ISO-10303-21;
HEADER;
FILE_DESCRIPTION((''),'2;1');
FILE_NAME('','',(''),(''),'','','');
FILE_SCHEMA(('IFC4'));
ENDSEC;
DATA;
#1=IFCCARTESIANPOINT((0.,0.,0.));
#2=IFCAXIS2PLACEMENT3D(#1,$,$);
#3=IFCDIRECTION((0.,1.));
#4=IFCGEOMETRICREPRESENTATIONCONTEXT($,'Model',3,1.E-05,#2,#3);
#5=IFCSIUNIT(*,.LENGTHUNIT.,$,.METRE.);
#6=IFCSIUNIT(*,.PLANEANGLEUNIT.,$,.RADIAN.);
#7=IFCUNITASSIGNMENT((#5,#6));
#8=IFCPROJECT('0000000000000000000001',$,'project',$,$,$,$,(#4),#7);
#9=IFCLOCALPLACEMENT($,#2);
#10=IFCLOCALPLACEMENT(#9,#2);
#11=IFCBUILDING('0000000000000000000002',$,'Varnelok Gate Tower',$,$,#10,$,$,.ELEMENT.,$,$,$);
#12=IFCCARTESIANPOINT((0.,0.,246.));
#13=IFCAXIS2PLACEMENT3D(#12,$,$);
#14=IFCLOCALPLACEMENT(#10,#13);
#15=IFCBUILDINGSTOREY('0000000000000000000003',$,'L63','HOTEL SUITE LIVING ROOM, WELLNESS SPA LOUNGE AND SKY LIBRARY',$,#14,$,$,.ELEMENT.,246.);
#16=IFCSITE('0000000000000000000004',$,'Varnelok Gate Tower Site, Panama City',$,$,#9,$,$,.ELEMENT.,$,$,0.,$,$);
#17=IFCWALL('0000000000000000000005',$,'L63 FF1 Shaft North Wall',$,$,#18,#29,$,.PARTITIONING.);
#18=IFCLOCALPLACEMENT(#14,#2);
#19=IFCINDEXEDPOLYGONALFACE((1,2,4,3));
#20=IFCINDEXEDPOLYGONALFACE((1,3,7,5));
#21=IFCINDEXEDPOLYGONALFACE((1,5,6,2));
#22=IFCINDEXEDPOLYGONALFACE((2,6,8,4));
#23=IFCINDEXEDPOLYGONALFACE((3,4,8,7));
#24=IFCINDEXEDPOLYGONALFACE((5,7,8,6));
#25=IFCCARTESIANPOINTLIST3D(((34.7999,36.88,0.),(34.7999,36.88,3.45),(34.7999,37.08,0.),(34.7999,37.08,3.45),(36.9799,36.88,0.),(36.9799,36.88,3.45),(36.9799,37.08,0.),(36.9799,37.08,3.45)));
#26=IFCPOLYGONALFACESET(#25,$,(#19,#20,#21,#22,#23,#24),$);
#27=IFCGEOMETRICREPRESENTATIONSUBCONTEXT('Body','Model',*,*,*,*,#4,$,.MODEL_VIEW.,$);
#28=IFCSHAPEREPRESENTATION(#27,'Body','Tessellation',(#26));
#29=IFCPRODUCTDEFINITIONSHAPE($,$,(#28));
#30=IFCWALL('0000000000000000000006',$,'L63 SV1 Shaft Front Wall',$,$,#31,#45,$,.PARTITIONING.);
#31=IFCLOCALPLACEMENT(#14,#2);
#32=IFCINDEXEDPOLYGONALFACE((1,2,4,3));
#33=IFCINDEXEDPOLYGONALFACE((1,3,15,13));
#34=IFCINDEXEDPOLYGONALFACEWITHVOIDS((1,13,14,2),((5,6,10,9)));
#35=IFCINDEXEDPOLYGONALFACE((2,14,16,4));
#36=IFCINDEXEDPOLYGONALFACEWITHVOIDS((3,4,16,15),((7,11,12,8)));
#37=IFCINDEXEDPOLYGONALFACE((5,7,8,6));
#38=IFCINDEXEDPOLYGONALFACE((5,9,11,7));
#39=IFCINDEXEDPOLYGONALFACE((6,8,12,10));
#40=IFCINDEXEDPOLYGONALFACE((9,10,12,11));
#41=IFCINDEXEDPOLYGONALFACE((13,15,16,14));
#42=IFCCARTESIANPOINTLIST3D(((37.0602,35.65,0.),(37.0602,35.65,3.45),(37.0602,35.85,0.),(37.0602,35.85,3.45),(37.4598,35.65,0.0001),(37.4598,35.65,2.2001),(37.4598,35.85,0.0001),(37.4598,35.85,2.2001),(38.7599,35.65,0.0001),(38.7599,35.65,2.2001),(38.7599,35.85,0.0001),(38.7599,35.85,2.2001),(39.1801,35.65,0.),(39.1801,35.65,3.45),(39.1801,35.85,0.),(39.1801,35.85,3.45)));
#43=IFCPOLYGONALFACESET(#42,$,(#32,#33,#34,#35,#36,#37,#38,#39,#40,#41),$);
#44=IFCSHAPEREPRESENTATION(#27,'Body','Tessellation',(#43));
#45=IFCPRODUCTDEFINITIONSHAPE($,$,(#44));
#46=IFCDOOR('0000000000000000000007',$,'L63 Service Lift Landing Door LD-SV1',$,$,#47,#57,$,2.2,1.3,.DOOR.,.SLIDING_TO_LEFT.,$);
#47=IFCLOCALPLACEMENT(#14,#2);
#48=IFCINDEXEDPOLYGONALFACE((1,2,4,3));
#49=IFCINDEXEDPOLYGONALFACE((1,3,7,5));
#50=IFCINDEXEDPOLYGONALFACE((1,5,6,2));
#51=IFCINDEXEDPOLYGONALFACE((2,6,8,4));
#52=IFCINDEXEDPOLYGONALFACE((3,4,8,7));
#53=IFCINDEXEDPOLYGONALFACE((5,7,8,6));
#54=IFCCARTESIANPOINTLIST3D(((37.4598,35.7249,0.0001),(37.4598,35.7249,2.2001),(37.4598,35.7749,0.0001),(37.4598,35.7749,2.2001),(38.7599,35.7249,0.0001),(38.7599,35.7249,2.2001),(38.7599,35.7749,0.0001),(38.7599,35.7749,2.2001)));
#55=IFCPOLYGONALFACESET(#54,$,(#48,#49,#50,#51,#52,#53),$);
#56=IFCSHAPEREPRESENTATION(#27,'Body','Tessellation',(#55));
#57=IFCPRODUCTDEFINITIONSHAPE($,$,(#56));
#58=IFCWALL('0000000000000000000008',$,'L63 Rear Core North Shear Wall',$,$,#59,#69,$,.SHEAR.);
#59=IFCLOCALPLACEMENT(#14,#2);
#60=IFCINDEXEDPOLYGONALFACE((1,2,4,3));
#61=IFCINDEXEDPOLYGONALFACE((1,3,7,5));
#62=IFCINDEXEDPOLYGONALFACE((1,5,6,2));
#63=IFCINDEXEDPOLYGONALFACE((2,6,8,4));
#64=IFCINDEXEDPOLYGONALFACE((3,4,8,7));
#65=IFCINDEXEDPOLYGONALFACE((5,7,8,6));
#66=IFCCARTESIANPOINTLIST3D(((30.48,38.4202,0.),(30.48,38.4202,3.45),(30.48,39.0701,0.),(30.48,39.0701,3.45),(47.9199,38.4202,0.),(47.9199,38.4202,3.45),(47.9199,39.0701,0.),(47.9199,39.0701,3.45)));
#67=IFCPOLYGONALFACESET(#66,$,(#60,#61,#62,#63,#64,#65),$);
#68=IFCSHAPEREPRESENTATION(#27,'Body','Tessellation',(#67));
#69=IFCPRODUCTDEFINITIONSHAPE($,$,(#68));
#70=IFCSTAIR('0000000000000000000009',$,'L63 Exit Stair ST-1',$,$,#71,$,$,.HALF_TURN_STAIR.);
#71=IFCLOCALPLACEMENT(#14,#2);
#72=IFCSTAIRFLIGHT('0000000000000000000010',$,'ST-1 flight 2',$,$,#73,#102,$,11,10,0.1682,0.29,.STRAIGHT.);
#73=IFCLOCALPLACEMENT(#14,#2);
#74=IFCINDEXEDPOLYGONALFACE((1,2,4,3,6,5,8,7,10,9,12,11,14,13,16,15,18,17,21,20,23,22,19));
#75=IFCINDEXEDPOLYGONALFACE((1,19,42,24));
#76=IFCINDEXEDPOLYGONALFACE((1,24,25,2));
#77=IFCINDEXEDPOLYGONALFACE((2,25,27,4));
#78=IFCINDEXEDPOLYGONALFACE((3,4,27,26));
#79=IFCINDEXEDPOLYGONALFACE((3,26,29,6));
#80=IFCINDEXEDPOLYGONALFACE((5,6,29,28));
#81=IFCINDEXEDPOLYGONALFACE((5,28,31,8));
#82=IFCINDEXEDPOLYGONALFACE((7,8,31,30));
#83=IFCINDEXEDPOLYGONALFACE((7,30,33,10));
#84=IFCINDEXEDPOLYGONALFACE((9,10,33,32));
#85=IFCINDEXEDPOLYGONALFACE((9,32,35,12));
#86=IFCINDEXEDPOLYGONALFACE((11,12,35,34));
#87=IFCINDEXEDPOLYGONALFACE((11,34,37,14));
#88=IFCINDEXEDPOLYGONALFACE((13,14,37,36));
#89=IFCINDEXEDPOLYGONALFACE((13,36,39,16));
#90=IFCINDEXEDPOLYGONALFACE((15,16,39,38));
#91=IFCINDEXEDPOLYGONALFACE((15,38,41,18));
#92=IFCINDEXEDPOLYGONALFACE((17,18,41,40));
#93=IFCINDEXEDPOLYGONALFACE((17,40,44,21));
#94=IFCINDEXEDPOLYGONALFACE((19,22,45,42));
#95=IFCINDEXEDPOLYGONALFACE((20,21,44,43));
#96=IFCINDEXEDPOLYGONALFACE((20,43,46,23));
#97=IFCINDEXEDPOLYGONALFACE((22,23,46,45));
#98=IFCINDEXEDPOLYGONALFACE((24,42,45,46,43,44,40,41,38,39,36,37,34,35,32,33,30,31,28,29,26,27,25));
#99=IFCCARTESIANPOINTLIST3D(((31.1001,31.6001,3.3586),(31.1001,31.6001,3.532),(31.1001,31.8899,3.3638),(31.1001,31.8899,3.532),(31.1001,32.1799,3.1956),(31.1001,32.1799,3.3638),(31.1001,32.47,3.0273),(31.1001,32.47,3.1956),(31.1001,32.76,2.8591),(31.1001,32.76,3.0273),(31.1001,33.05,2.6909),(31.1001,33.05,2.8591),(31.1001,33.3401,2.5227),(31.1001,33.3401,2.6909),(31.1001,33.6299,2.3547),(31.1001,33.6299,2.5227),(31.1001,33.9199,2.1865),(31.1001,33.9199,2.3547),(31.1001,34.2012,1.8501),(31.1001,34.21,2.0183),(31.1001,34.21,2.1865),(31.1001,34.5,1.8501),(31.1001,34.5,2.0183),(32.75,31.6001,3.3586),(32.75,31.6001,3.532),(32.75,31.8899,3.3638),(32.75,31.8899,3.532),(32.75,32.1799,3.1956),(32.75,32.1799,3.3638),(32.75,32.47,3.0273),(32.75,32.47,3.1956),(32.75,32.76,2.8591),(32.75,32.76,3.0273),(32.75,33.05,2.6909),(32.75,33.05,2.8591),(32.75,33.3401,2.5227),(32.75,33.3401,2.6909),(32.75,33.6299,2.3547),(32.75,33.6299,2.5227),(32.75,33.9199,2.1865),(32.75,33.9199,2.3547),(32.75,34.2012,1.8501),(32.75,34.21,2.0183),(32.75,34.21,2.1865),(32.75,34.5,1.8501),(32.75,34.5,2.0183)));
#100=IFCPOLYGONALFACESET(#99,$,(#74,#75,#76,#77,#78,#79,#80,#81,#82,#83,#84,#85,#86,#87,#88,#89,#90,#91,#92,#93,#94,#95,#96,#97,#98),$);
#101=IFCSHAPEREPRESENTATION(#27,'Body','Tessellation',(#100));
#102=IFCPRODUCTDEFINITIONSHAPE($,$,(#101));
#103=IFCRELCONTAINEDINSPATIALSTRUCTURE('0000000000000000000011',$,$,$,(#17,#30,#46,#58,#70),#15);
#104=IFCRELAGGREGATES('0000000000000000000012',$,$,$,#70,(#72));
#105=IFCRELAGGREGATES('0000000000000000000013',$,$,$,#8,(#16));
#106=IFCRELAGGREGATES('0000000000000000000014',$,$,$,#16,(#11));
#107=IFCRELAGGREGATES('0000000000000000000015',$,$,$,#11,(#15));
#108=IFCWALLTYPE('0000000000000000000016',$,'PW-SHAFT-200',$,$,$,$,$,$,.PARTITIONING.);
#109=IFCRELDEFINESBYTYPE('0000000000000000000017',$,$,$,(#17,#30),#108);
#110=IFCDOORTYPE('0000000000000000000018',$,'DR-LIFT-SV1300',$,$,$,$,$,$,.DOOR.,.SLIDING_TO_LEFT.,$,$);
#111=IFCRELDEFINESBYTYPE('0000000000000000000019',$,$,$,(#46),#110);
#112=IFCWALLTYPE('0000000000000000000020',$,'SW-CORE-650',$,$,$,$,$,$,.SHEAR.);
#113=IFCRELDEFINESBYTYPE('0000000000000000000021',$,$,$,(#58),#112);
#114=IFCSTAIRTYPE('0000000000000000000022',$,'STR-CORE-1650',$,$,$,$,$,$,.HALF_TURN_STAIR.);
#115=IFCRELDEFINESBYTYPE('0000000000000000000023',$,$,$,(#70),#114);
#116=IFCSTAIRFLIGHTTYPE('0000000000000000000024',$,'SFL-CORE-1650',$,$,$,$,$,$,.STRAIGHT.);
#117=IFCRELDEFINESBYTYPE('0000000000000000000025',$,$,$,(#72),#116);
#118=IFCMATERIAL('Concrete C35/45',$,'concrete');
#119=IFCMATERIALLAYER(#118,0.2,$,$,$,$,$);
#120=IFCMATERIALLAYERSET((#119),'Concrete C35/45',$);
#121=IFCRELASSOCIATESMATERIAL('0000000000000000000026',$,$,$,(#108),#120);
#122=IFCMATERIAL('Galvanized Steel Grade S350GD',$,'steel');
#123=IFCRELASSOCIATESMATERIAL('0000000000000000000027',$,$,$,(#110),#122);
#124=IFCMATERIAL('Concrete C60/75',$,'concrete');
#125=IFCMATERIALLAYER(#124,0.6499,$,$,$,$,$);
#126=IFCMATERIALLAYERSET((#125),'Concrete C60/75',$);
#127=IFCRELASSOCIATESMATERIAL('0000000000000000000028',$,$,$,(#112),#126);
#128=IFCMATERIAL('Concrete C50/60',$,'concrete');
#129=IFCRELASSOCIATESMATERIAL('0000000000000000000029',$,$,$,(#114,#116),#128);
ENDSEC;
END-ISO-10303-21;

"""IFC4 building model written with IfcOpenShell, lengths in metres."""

from ifc_helpers import new_model, si_unit, direction, frame, frame_2d, origin, place, context, subcontext, project, spatial, polyline, rectangle, outline, extrude, material, layer, layer_set, type_object, element, fill, aggregate, save


model = new_model("IFC4")

# Units and contexts
model_context = context("Model", 3, precision=1e-05, world=origin(), true_north=direction((0.0, 1.0)))
body_context = subcontext(model_context, "Body", "Model", "MODEL_VIEW")
ifc_project = project(units=[si_unit("LENGTHUNIT", "METRE"), si_unit("PLANEANGLEUNIT", "RADIAN")], contexts=[model_context])

# Site, building, storey
site_placement = place(None, origin())
site = spatial("IfcSite", under=ifc_project, at=site_placement, Name="Varnelok Gate Tower Site, Panama City", CompositionType="ELEMENT", RefElevation=0.0)
building_placement = place(site_placement, origin())
building = spatial("IfcBuilding", under=site, at=building_placement, Name="Varnelok Gate Tower", CompositionType="ELEMENT")
storey_placement = place(building_placement, frame((0.0, 0.0, 246.0)))
storey = spatial("IfcBuildingStorey", under=building, at=storey_placement, Name="L63", Description="HOTEL SUITE LIVING ROOM, WELLNESS SPA LOUNGE AND SKY LIBRARY", CompositionType="ELEMENT", Elevation=246.0)

# Shared definitions
ifc_material_1 = material(Name="Concrete C60/75", Category="concrete")

# Wall
ifc_material_2 = material(Name="Concrete C35/45", Category="concrete")
ifc_layer_1 = layer(ifc_material_2, 0.2)
ifc_layer_set_1 = layer_set([ifc_layer_1], Name="Concrete C35/45")
wall_type_1 = type_object("IfcWallType", Name="PW-SHAFT-200", PredefinedType="PARTITIONING", material=ifc_layer_set_1)
wall_1_placement = place(storey_placement, frame((34.8, 36.98, 0.0), z_axis=(0.0, 0.0, 1.0), x_axis=(1.0, 0.0, 0.0)))
element("IfcWall", 1, at=wall_1_placement, inside=storey, type_object=wall_type_1, Name="L63 FF1 Shaft North Wall", PredefinedType="PARTITIONING", context=body_context, shape_type="SweptSolid", body=[
    extrude(rectangle(XDim=2.1799, YDim=0.2, at=frame_2d((1.0898, 0.0))), origin(), (0.0, 0.0, 1.0), 3.45),
])

# Wall, opening, door
wall_2_placement = place(storey_placement, frame((37.0601, 35.75, 0.0), z_axis=(0.0, 0.0, 1.0), x_axis=(1.0, 0.0, 0.0)))
wall_2 = element("IfcWall", 2, at=wall_2_placement, inside=storey, type_object=wall_type_1, Name="L63 SV1 Shaft Front Wall", PredefinedType="PARTITIONING", context=body_context, shape_type="SweptSolid", body=[
    extrude(rectangle(XDim=2.1199, YDim=0.2, at=frame_2d((1.0601, 0.0))), origin(), (0.0, 0.0, 1.0), 3.45),
])
opening_1_placement = place(wall_2_placement, frame((0.3999, 0.0, 0.0)))
opening_1 = element("IfcOpeningElement", 3, at=opening_1_placement, cuts=wall_2, PredefinedType="OPENING", context=body_context, shape_type="SweptSolid", body=[
    extrude(rectangle(XDim=1.3, YDim=2.2, at=frame_2d((0.6499, 1.1001))), frame((0.0, 0.1099, 0.0), z_axis=(0.0, -1.0, 0.0), x_axis=(1.0, 0.0, 0.0)), (0.0, 0.0, 1.0), 0.22),
])
ifc_material_3 = material(Name="Galvanized Steel Grade S350GD", Category="steel")
door_type_1 = type_object("IfcDoorType", Name="DR-LIFT-SV1300", OperationType="SLIDING_TO_LEFT", PredefinedType="DOOR", material=ifc_material_3)
door_1_placement = place(opening_1_placement, origin())
door_1 = element("IfcDoor", 4, at=door_1_placement, inside=storey, type_object=door_type_1, Name="L63 Service Lift Landing Door LD-SV1", OperationType="SLIDING_TO_LEFT", OverallHeight=2.2, OverallWidth=1.3, PredefinedType="DOOR", context=body_context, shape_type="SweptSolid", body=[
    extrude(rectangle(XDim=1.3, YDim=2.2, at=frame_2d((0.6499, 1.1001))), frame((0.0, 0.0249, 0.0), z_axis=(0.0, -1.0, 0.0), x_axis=(1.0, 0.0, 0.0)), (0.0, 0.0, 1.0), 0.05),
])
fill(opening_1, door_1)

# Wall
ifc_layer_2 = layer(ifc_material_1, 0.6499)
ifc_layer_set_2 = layer_set([ifc_layer_2], Name="Concrete C60/75")
wall_type_2 = type_object("IfcWallType", Name="SW-CORE-650", PredefinedType="SHEAR", material=ifc_layer_set_2)
wall_3_placement = place(storey_placement, frame((30.48, 38.7451, 0.0), z_axis=(0.0, 0.0, 1.0), x_axis=(1.0, 0.0, 0.0)))
element("IfcWall", 5, at=wall_3_placement, inside=storey, type_object=wall_type_2, Name="L63 Rear Core North Shear Wall", PredefinedType="SHEAR", context=body_context, shape_type="SweptSolid", body=[
    extrude(rectangle(XDim=17.4399, YDim=0.6499, at=frame_2d((8.72, 0.0))), origin(), (0.0, 0.0, 1.0), 3.45),
])

# Stair, stair flight
ifc_material_4 = material(Name="Concrete C50/60", Category="concrete")
stair_type = type_object("IfcStairType", Name="STR-CORE-1650", PredefinedType="HALF_TURN_STAIR", material=ifc_material_4)
stair_placement = place(storey_placement, origin())
stair = element("IfcStair", 6, at=stair_placement, inside=storey, type_object=stair_type, Name="L63 Exit Stair ST-1", PredefinedType="HALF_TURN_STAIR")
stair_flight_type = type_object("IfcStairFlightType", Name="SFL-CORE-1650", PredefinedType="STRAIGHT", material=ifc_material_4)
stair_flight_placement = place(storey_placement, frame((31.925, 34.5, 1.8501), z_axis=(0.0, 0.0, 1.0), x_axis=(0.0, -1.0, 0.0)))
stair_flight = element("IfcStairFlight", 7, at=stair_flight_placement, type_object=stair_flight_type, Name="ST-1 flight 2", NumberOfRisers=11, NumberOfTreads=10, PredefinedType="STRAIGHT", RiserHeight=0.1682, TreadLength=0.29, context=body_context, shape_type="SweptSolid", body=[
    extrude(outline(polyline([(0.0, 0.0), (0.0, 0.1682), (0.29, 0.1682), (0.29, 0.3364), (0.5801, 0.3364), (0.5801, 0.5046), (0.8701, 0.5046), (0.8701, 0.6726), (1.1599, 0.6726), (1.1599, 0.8408), (1.45, 0.8408), (1.45, 1.009), (1.74, 1.009), (1.74, 1.1772), (2.03, 1.1772), (2.03, 1.3455), (2.3201, 1.3455), (2.3201, 1.5137), (2.6101, 1.5137), (2.6101, 1.6819), (2.8999, 1.6819), (2.8999, 1.8501), (2.8999, 1.5085), (0.2988, 0.0), (0.0, 0.0)])), frame((0.0, 0.825, 0.0), z_axis=(0.0, -1.0, 0.0), x_axis=(1.0, 0.0, 0.0)), (0.0, 0.0, 1.0), 1.6499),
])
aggregate(stair, [stair_flight])

save(model, "model.ifc")
